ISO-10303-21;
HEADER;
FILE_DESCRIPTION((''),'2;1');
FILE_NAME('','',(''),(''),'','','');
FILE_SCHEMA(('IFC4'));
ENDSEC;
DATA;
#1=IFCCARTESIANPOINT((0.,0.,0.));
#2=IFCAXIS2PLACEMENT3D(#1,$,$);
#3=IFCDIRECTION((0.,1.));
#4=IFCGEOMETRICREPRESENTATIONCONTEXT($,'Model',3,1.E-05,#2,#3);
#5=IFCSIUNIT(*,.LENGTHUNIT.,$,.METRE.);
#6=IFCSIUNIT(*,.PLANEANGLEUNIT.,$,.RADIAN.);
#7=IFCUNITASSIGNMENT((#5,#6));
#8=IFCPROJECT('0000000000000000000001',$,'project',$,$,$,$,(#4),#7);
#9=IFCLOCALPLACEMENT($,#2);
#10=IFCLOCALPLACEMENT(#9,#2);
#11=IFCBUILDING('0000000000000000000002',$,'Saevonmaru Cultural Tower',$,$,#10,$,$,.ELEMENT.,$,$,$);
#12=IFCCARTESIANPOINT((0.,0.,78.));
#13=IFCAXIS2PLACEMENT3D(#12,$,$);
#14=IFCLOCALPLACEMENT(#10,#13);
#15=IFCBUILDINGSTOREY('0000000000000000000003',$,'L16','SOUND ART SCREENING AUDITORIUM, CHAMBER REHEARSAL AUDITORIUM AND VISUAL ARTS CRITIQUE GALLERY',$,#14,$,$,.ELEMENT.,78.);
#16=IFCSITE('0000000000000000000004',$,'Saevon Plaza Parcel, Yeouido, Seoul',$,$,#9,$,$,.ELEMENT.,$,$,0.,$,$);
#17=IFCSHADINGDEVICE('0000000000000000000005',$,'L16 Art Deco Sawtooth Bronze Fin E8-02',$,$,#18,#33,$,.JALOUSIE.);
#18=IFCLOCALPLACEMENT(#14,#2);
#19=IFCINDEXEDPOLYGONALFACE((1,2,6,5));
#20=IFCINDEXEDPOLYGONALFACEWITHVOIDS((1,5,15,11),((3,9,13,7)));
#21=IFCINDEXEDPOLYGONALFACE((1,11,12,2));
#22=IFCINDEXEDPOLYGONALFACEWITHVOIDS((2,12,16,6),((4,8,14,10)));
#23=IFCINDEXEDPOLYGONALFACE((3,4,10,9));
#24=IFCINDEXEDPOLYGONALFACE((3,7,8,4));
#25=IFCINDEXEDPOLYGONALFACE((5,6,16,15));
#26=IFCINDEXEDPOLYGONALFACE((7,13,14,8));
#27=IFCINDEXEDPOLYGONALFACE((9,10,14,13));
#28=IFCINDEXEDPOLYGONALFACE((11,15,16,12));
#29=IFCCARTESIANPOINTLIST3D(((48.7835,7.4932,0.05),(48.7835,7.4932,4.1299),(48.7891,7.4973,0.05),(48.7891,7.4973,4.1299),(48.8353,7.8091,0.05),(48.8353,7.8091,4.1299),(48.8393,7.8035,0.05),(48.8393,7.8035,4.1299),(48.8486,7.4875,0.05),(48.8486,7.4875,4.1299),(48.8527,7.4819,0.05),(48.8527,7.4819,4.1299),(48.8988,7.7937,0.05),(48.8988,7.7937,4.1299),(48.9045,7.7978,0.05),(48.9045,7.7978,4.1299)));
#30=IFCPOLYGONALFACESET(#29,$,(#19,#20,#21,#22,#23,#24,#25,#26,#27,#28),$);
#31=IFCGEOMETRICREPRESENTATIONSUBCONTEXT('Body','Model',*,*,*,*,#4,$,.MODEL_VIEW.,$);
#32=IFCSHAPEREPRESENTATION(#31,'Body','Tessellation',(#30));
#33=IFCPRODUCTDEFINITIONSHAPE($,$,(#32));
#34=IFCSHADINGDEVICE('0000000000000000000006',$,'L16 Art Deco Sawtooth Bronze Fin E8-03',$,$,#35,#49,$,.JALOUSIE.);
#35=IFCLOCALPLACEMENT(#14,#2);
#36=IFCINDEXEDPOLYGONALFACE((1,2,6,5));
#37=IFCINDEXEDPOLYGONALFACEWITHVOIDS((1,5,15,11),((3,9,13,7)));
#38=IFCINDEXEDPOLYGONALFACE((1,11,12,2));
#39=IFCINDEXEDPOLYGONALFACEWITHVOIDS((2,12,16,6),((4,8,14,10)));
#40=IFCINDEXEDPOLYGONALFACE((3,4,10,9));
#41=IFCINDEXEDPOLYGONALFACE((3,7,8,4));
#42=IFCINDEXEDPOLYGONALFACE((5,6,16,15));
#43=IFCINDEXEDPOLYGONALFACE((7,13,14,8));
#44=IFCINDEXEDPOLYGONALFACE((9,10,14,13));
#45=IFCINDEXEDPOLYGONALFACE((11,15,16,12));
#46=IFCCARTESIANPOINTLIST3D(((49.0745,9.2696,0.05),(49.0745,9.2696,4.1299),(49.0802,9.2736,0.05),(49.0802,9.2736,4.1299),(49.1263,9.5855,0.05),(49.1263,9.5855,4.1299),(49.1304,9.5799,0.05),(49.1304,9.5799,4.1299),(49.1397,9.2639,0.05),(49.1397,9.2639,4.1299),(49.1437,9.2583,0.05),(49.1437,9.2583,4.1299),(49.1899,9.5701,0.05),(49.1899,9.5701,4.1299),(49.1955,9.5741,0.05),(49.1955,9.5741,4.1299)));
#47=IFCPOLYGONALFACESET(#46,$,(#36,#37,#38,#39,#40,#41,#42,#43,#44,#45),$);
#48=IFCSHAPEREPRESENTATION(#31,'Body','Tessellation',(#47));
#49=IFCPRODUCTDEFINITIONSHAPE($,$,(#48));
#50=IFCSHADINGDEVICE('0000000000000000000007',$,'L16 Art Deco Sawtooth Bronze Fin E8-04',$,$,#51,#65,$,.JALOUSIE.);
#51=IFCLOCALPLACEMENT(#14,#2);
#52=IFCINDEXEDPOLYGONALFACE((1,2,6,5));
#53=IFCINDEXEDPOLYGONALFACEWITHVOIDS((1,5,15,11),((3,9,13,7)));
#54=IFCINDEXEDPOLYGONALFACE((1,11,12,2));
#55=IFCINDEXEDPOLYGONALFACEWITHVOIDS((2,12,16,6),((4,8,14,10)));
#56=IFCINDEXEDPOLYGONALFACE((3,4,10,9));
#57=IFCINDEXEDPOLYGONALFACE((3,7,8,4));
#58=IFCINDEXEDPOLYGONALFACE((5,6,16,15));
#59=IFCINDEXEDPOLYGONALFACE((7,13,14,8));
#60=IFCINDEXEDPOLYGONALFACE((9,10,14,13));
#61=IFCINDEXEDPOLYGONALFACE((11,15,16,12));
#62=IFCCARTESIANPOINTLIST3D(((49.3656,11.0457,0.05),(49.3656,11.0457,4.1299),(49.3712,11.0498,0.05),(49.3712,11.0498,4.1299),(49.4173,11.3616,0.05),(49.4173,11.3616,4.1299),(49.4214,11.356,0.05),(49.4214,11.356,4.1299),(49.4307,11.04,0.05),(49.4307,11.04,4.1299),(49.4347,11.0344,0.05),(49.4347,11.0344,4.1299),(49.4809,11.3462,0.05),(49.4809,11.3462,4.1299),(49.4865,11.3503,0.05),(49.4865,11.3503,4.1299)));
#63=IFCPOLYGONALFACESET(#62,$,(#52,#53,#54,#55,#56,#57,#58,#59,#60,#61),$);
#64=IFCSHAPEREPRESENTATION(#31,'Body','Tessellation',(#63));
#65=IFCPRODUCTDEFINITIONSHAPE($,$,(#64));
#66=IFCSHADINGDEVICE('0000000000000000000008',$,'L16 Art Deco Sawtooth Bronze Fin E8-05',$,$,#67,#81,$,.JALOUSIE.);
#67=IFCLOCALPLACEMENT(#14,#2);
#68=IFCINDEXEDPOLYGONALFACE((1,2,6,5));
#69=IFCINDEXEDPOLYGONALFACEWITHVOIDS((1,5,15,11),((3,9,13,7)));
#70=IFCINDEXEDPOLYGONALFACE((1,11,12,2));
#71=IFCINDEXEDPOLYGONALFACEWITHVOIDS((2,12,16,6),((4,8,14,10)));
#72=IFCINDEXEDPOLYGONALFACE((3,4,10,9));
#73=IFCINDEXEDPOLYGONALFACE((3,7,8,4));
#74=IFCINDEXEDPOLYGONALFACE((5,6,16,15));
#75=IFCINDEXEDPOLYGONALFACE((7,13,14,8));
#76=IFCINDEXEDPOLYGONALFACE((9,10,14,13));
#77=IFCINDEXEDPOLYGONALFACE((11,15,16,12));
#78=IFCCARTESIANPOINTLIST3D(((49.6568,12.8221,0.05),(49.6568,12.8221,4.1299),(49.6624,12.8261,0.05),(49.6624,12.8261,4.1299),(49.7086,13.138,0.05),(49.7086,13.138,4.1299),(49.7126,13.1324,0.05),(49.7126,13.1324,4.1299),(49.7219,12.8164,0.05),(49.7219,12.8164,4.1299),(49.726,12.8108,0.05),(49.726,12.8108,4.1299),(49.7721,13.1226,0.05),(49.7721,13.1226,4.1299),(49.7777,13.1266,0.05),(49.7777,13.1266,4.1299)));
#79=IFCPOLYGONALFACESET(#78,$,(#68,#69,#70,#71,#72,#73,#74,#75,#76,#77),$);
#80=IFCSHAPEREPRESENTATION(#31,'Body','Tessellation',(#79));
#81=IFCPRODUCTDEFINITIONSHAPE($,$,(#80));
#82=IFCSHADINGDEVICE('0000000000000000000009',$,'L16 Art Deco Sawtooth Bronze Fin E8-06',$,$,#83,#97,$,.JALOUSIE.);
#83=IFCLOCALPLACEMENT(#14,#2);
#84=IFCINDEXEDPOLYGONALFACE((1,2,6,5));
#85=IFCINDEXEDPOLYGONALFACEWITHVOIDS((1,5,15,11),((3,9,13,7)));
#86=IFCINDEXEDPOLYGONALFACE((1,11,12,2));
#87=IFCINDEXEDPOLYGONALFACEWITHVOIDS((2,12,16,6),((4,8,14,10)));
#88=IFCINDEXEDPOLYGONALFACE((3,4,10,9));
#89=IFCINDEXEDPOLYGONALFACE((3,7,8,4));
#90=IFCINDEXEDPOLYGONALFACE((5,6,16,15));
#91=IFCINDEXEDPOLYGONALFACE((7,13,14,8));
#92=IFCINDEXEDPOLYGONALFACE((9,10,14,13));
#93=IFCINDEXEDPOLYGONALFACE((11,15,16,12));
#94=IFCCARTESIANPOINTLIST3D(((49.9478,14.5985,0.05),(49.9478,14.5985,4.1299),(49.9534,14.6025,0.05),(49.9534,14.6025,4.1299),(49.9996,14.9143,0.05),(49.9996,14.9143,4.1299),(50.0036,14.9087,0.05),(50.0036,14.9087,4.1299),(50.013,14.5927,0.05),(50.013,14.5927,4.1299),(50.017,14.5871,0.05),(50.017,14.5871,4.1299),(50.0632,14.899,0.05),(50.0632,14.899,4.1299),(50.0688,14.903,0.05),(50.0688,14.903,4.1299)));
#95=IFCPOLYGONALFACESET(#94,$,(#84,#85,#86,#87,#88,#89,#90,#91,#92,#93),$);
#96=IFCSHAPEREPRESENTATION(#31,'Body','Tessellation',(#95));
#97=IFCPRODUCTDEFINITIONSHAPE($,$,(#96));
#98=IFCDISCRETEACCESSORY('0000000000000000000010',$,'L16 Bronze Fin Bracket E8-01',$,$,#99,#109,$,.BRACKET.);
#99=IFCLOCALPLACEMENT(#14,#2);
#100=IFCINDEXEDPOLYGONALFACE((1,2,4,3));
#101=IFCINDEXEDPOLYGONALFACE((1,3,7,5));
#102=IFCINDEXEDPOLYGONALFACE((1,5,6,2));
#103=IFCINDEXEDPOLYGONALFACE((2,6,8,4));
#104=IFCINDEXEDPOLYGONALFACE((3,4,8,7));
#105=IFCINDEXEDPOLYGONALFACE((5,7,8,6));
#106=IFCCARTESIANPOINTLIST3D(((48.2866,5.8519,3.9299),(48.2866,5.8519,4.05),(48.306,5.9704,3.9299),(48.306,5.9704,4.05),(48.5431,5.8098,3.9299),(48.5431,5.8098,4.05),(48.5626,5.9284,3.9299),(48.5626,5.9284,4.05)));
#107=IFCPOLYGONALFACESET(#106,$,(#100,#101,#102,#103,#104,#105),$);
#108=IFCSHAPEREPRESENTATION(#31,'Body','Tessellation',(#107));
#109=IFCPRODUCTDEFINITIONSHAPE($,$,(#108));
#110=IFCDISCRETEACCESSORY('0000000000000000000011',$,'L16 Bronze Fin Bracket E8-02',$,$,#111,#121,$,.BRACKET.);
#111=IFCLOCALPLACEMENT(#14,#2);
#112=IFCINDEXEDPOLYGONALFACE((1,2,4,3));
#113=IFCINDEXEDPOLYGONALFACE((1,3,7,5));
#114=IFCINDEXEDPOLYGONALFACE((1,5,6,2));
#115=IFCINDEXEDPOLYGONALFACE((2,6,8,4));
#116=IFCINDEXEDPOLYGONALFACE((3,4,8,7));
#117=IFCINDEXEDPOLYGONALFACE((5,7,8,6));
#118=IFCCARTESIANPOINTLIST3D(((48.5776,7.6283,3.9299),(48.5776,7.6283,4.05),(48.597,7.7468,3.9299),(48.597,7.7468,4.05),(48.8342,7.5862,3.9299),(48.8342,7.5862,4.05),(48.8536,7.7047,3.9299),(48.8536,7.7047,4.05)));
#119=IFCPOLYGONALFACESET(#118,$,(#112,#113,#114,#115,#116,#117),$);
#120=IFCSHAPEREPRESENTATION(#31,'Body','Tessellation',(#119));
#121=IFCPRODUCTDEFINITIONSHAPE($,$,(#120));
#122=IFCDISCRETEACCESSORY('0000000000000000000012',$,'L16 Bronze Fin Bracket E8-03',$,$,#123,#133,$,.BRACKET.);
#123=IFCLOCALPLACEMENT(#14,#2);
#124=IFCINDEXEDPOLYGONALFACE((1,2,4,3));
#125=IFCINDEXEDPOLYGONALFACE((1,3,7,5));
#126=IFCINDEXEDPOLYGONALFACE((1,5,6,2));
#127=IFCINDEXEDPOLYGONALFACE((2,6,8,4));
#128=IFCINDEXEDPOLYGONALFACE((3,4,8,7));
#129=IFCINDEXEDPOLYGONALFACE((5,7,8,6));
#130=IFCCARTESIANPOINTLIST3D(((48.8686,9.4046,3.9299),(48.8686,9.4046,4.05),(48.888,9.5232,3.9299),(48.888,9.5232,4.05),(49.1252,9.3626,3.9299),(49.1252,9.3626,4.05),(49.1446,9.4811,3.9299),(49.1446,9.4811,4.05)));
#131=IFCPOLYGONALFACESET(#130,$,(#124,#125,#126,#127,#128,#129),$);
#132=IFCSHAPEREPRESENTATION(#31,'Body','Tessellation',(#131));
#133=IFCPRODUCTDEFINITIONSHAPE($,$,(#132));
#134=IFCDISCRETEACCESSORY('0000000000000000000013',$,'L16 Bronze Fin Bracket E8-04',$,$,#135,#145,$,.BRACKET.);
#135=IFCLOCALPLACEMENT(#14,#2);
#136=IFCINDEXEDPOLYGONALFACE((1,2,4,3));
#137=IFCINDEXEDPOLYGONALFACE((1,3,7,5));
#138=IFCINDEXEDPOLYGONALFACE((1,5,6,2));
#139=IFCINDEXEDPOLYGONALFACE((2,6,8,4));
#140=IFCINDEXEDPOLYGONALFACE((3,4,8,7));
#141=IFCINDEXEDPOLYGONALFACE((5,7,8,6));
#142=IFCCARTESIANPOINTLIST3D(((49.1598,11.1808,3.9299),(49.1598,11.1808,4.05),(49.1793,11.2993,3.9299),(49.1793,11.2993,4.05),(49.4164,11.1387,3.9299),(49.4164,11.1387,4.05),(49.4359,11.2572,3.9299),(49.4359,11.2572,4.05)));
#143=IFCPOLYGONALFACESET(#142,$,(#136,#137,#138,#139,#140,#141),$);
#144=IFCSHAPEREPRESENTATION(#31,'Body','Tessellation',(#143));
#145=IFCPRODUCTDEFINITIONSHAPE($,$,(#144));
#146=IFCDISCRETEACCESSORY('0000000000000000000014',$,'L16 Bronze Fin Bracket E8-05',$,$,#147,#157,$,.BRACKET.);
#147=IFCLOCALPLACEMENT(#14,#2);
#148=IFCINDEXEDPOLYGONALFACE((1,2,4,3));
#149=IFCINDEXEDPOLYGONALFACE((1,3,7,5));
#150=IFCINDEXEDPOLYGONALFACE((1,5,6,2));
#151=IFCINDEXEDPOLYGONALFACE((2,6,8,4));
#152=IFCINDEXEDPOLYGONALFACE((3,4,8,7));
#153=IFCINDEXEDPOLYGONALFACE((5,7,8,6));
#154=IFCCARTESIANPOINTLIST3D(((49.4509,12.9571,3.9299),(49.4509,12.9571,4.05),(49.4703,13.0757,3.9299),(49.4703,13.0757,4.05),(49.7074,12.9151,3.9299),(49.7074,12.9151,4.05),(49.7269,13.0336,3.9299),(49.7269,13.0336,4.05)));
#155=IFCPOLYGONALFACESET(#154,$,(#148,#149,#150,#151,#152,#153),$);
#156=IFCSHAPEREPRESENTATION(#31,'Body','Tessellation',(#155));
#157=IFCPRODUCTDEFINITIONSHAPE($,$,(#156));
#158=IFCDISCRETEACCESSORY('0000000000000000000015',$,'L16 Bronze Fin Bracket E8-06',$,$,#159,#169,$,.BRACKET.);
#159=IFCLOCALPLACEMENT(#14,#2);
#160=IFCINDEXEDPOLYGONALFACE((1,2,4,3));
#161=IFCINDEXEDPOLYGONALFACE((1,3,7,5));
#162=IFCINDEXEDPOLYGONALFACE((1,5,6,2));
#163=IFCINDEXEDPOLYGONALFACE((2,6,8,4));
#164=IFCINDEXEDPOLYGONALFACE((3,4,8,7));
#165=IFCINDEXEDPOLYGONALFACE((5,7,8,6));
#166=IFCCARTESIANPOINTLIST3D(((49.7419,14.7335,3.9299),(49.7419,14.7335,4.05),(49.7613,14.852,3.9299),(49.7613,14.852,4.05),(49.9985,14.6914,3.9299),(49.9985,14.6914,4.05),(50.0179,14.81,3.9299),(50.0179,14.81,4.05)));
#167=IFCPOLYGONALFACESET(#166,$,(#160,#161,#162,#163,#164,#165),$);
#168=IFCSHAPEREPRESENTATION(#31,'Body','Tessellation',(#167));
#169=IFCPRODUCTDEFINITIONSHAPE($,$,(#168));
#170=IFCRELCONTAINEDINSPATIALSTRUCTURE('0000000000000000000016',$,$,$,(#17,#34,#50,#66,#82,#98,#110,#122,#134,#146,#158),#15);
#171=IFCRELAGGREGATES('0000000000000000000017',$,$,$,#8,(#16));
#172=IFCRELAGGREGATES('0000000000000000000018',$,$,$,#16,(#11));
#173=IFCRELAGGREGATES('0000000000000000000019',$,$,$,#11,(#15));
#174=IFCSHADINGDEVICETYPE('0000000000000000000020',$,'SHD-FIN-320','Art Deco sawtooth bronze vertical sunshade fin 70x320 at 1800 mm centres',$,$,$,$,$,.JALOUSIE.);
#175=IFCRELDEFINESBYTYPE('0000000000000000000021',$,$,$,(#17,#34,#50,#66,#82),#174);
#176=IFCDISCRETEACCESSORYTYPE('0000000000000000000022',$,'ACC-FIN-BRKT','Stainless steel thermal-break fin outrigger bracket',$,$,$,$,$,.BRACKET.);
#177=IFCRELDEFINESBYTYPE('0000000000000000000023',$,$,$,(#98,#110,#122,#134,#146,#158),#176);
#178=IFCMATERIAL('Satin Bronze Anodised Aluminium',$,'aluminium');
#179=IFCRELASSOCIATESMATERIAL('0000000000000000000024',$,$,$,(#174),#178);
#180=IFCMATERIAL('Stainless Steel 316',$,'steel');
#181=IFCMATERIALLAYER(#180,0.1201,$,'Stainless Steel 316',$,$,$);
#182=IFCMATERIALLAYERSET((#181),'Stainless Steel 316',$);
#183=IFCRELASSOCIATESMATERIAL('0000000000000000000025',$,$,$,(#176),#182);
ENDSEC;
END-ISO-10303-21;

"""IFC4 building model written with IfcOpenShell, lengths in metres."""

from ifc_helpers import new_model, si_unit, direction, frame, origin, origin_2d, place, context, subcontext, project, spatial, rectangle, hollow_rectangle, extrude, material, layer, layer_set, material_profile, profile_set, type_object, element, save


model = new_model("IFC4")

# Units and contexts
model_context = context("Model", 3, precision=1e-05, world=origin(), true_north=direction((0.0, 1.0)))
body_context = subcontext(model_context, "Body", "Model", "MODEL_VIEW")
ifc_project = project(units=[si_unit("LENGTHUNIT", "METRE"), si_unit("PLANEANGLEUNIT", "RADIAN")], contexts=[model_context])

# Site, building, storey
site_placement = place(None, origin())
site = spatial("IfcSite", under=ifc_project, at=site_placement, Name="Saevon Plaza Parcel, Yeouido, Seoul", CompositionType="ELEMENT", RefElevation=0.0)
building_placement = place(site_placement, origin())
building = spatial("IfcBuilding", under=site, at=building_placement, Name="Saevonmaru Cultural Tower", CompositionType="ELEMENT")
storey_placement = place(building_placement, frame((0.0, 0.0, 78.0)))
storey = spatial("IfcBuildingStorey", under=building, at=storey_placement, Name="L16", Description="SOUND ART SCREENING AUDITORIUM, CHAMBER REHEARSAL AUDITORIUM AND VISUAL ARTS CRITIQUE GALLERY", CompositionType="ELEMENT", Elevation=78.0)

# Shared definitions
ifc_material_1 = material(Name="Satin Bronze Anodised Aluminium", Category="aluminium")

# Shading devices
ifc_material_profile_1 = material_profile(ifc_material_1, hollow_rectangle(XDim=0.0701, YDim=0.3201, WallThickness=0.0049, at=origin_2d()), Name="FIN-320x70")
ifc_profile_set_1 = profile_set([ifc_material_profile_1], Name="Satin Bronze Anodised Aluminium")
shading_device_type = type_object("IfcShadingDeviceType", Name="SHD-FIN-320", Description="Art Deco sawtooth bronze vertical sunshade fin 70x320 at 1800 mm centres", PredefinedType="JALOUSIE", material=ifc_profile_set_1)
for number, where, z_axis, x_axis, name in (
    (1, (48.844, 7.6455, 0.05), (0.0, 0.0, 1.0), (0.986827, -0.161776, 0.0), "L16 Art Deco Sawtooth Bronze Fin E8-02"),
    (2, (49.135, 9.4219, 0.05), (0.0, 0.0, 1.0), (0.986827, -0.161776, 0.0), "L16 Art Deco Sawtooth Bronze Fin E8-03"),
    (3, (49.426, 11.198, 0.05), (0.0, 0.0, 1.0), (0.986827, -0.161776, 0.0), "L16 Art Deco Sawtooth Bronze Fin E8-04"),
    (4, (49.7173, 12.9744, 0.05), (0.0, 0.0, 1.0), (0.986827, -0.161776, 0.0), "L16 Art Deco Sawtooth Bronze Fin E8-05"),
    (5, (50.0083, 14.7507, 0.05), (0.0, 0.0, 1.0), (0.986827, -0.161776, 0.0), "L16 Art Deco Sawtooth Bronze Fin E8-06"),
):
    element("IfcShadingDevice", number, at=place(storey_placement, frame(where, z_axis=z_axis, x_axis=x_axis)), inside=storey, type_object=shading_device_type, Name=name, PredefinedType="JALOUSIE", context=body_context, shape_type="SweptSolid", body=[
        extrude(hollow_rectangle(XDim=0.0701, YDim=0.3201, WallThickness=0.0049, at=origin_2d()), origin(), (0.0, 0.0, 1.0), 4.0798),
    ])

# Discrete accessories
ifc_material_2 = material(Name="Stainless Steel 316", Category="steel")
ifc_layer_1 = layer(ifc_material_2, 0.1201, Name="Stainless Steel 316")
ifc_layer_set_1 = layer_set([ifc_layer_1], Name="Stainless Steel 316")
discrete_accessory_type = type_object("IfcDiscreteAccessoryType", Name="ACC-FIN-BRKT", Description="Stainless steel thermal-break fin outrigger bracket", PredefinedType="BRACKET", material=ifc_layer_set_1)
for number, where, z_axis, x_axis, name in (
    (6, (48.4246, 5.8901, 3.9299), (0.0, 0.0, 1.0), (0.986827, -0.161776, 0.0), "L16 Bronze Fin Bracket E8-01"),
    (7, (48.7156, 7.6665, 3.9299), (0.0, 0.0, 1.0), (0.986827, -0.161776, 0.0), "L16 Bronze Fin Bracket E8-02"),
    (8, (49.0066, 9.4429, 3.9299), (0.0, 0.0, 1.0), (0.986827, -0.161776, 0.0), "L16 Bronze Fin Bracket E8-03"),
    (9, (49.2979, 11.219, 3.9299), (0.0, 0.0, 1.0), (0.986827, -0.161776, 0.0), "L16 Bronze Fin Bracket E8-04"),
    (10, (49.5889, 12.9954, 3.9299), (0.0, 0.0, 1.0), (0.986827, -0.161776, 0.0), "L16 Bronze Fin Bracket E8-05"),
    (11, (49.8799, 14.7717, 3.9299), (0.0, 0.0, 1.0), (0.986827, -0.161776, 0.0), "L16 Bronze Fin Bracket E8-06"),
):
    element("IfcDiscreteAccessory", number, at=place(storey_placement, frame(where, z_axis=z_axis, x_axis=x_axis)), inside=storey, type_object=discrete_accessory_type, Name=name, PredefinedType="BRACKET", context=body_context, shape_type="SweptSolid", body=[
        extrude(rectangle(XDim=0.26, YDim=0.1201, at=origin_2d()), origin(), (0.0, 0.0, 1.0), 0.1201),
    ])

save(model, "model.ifc")
